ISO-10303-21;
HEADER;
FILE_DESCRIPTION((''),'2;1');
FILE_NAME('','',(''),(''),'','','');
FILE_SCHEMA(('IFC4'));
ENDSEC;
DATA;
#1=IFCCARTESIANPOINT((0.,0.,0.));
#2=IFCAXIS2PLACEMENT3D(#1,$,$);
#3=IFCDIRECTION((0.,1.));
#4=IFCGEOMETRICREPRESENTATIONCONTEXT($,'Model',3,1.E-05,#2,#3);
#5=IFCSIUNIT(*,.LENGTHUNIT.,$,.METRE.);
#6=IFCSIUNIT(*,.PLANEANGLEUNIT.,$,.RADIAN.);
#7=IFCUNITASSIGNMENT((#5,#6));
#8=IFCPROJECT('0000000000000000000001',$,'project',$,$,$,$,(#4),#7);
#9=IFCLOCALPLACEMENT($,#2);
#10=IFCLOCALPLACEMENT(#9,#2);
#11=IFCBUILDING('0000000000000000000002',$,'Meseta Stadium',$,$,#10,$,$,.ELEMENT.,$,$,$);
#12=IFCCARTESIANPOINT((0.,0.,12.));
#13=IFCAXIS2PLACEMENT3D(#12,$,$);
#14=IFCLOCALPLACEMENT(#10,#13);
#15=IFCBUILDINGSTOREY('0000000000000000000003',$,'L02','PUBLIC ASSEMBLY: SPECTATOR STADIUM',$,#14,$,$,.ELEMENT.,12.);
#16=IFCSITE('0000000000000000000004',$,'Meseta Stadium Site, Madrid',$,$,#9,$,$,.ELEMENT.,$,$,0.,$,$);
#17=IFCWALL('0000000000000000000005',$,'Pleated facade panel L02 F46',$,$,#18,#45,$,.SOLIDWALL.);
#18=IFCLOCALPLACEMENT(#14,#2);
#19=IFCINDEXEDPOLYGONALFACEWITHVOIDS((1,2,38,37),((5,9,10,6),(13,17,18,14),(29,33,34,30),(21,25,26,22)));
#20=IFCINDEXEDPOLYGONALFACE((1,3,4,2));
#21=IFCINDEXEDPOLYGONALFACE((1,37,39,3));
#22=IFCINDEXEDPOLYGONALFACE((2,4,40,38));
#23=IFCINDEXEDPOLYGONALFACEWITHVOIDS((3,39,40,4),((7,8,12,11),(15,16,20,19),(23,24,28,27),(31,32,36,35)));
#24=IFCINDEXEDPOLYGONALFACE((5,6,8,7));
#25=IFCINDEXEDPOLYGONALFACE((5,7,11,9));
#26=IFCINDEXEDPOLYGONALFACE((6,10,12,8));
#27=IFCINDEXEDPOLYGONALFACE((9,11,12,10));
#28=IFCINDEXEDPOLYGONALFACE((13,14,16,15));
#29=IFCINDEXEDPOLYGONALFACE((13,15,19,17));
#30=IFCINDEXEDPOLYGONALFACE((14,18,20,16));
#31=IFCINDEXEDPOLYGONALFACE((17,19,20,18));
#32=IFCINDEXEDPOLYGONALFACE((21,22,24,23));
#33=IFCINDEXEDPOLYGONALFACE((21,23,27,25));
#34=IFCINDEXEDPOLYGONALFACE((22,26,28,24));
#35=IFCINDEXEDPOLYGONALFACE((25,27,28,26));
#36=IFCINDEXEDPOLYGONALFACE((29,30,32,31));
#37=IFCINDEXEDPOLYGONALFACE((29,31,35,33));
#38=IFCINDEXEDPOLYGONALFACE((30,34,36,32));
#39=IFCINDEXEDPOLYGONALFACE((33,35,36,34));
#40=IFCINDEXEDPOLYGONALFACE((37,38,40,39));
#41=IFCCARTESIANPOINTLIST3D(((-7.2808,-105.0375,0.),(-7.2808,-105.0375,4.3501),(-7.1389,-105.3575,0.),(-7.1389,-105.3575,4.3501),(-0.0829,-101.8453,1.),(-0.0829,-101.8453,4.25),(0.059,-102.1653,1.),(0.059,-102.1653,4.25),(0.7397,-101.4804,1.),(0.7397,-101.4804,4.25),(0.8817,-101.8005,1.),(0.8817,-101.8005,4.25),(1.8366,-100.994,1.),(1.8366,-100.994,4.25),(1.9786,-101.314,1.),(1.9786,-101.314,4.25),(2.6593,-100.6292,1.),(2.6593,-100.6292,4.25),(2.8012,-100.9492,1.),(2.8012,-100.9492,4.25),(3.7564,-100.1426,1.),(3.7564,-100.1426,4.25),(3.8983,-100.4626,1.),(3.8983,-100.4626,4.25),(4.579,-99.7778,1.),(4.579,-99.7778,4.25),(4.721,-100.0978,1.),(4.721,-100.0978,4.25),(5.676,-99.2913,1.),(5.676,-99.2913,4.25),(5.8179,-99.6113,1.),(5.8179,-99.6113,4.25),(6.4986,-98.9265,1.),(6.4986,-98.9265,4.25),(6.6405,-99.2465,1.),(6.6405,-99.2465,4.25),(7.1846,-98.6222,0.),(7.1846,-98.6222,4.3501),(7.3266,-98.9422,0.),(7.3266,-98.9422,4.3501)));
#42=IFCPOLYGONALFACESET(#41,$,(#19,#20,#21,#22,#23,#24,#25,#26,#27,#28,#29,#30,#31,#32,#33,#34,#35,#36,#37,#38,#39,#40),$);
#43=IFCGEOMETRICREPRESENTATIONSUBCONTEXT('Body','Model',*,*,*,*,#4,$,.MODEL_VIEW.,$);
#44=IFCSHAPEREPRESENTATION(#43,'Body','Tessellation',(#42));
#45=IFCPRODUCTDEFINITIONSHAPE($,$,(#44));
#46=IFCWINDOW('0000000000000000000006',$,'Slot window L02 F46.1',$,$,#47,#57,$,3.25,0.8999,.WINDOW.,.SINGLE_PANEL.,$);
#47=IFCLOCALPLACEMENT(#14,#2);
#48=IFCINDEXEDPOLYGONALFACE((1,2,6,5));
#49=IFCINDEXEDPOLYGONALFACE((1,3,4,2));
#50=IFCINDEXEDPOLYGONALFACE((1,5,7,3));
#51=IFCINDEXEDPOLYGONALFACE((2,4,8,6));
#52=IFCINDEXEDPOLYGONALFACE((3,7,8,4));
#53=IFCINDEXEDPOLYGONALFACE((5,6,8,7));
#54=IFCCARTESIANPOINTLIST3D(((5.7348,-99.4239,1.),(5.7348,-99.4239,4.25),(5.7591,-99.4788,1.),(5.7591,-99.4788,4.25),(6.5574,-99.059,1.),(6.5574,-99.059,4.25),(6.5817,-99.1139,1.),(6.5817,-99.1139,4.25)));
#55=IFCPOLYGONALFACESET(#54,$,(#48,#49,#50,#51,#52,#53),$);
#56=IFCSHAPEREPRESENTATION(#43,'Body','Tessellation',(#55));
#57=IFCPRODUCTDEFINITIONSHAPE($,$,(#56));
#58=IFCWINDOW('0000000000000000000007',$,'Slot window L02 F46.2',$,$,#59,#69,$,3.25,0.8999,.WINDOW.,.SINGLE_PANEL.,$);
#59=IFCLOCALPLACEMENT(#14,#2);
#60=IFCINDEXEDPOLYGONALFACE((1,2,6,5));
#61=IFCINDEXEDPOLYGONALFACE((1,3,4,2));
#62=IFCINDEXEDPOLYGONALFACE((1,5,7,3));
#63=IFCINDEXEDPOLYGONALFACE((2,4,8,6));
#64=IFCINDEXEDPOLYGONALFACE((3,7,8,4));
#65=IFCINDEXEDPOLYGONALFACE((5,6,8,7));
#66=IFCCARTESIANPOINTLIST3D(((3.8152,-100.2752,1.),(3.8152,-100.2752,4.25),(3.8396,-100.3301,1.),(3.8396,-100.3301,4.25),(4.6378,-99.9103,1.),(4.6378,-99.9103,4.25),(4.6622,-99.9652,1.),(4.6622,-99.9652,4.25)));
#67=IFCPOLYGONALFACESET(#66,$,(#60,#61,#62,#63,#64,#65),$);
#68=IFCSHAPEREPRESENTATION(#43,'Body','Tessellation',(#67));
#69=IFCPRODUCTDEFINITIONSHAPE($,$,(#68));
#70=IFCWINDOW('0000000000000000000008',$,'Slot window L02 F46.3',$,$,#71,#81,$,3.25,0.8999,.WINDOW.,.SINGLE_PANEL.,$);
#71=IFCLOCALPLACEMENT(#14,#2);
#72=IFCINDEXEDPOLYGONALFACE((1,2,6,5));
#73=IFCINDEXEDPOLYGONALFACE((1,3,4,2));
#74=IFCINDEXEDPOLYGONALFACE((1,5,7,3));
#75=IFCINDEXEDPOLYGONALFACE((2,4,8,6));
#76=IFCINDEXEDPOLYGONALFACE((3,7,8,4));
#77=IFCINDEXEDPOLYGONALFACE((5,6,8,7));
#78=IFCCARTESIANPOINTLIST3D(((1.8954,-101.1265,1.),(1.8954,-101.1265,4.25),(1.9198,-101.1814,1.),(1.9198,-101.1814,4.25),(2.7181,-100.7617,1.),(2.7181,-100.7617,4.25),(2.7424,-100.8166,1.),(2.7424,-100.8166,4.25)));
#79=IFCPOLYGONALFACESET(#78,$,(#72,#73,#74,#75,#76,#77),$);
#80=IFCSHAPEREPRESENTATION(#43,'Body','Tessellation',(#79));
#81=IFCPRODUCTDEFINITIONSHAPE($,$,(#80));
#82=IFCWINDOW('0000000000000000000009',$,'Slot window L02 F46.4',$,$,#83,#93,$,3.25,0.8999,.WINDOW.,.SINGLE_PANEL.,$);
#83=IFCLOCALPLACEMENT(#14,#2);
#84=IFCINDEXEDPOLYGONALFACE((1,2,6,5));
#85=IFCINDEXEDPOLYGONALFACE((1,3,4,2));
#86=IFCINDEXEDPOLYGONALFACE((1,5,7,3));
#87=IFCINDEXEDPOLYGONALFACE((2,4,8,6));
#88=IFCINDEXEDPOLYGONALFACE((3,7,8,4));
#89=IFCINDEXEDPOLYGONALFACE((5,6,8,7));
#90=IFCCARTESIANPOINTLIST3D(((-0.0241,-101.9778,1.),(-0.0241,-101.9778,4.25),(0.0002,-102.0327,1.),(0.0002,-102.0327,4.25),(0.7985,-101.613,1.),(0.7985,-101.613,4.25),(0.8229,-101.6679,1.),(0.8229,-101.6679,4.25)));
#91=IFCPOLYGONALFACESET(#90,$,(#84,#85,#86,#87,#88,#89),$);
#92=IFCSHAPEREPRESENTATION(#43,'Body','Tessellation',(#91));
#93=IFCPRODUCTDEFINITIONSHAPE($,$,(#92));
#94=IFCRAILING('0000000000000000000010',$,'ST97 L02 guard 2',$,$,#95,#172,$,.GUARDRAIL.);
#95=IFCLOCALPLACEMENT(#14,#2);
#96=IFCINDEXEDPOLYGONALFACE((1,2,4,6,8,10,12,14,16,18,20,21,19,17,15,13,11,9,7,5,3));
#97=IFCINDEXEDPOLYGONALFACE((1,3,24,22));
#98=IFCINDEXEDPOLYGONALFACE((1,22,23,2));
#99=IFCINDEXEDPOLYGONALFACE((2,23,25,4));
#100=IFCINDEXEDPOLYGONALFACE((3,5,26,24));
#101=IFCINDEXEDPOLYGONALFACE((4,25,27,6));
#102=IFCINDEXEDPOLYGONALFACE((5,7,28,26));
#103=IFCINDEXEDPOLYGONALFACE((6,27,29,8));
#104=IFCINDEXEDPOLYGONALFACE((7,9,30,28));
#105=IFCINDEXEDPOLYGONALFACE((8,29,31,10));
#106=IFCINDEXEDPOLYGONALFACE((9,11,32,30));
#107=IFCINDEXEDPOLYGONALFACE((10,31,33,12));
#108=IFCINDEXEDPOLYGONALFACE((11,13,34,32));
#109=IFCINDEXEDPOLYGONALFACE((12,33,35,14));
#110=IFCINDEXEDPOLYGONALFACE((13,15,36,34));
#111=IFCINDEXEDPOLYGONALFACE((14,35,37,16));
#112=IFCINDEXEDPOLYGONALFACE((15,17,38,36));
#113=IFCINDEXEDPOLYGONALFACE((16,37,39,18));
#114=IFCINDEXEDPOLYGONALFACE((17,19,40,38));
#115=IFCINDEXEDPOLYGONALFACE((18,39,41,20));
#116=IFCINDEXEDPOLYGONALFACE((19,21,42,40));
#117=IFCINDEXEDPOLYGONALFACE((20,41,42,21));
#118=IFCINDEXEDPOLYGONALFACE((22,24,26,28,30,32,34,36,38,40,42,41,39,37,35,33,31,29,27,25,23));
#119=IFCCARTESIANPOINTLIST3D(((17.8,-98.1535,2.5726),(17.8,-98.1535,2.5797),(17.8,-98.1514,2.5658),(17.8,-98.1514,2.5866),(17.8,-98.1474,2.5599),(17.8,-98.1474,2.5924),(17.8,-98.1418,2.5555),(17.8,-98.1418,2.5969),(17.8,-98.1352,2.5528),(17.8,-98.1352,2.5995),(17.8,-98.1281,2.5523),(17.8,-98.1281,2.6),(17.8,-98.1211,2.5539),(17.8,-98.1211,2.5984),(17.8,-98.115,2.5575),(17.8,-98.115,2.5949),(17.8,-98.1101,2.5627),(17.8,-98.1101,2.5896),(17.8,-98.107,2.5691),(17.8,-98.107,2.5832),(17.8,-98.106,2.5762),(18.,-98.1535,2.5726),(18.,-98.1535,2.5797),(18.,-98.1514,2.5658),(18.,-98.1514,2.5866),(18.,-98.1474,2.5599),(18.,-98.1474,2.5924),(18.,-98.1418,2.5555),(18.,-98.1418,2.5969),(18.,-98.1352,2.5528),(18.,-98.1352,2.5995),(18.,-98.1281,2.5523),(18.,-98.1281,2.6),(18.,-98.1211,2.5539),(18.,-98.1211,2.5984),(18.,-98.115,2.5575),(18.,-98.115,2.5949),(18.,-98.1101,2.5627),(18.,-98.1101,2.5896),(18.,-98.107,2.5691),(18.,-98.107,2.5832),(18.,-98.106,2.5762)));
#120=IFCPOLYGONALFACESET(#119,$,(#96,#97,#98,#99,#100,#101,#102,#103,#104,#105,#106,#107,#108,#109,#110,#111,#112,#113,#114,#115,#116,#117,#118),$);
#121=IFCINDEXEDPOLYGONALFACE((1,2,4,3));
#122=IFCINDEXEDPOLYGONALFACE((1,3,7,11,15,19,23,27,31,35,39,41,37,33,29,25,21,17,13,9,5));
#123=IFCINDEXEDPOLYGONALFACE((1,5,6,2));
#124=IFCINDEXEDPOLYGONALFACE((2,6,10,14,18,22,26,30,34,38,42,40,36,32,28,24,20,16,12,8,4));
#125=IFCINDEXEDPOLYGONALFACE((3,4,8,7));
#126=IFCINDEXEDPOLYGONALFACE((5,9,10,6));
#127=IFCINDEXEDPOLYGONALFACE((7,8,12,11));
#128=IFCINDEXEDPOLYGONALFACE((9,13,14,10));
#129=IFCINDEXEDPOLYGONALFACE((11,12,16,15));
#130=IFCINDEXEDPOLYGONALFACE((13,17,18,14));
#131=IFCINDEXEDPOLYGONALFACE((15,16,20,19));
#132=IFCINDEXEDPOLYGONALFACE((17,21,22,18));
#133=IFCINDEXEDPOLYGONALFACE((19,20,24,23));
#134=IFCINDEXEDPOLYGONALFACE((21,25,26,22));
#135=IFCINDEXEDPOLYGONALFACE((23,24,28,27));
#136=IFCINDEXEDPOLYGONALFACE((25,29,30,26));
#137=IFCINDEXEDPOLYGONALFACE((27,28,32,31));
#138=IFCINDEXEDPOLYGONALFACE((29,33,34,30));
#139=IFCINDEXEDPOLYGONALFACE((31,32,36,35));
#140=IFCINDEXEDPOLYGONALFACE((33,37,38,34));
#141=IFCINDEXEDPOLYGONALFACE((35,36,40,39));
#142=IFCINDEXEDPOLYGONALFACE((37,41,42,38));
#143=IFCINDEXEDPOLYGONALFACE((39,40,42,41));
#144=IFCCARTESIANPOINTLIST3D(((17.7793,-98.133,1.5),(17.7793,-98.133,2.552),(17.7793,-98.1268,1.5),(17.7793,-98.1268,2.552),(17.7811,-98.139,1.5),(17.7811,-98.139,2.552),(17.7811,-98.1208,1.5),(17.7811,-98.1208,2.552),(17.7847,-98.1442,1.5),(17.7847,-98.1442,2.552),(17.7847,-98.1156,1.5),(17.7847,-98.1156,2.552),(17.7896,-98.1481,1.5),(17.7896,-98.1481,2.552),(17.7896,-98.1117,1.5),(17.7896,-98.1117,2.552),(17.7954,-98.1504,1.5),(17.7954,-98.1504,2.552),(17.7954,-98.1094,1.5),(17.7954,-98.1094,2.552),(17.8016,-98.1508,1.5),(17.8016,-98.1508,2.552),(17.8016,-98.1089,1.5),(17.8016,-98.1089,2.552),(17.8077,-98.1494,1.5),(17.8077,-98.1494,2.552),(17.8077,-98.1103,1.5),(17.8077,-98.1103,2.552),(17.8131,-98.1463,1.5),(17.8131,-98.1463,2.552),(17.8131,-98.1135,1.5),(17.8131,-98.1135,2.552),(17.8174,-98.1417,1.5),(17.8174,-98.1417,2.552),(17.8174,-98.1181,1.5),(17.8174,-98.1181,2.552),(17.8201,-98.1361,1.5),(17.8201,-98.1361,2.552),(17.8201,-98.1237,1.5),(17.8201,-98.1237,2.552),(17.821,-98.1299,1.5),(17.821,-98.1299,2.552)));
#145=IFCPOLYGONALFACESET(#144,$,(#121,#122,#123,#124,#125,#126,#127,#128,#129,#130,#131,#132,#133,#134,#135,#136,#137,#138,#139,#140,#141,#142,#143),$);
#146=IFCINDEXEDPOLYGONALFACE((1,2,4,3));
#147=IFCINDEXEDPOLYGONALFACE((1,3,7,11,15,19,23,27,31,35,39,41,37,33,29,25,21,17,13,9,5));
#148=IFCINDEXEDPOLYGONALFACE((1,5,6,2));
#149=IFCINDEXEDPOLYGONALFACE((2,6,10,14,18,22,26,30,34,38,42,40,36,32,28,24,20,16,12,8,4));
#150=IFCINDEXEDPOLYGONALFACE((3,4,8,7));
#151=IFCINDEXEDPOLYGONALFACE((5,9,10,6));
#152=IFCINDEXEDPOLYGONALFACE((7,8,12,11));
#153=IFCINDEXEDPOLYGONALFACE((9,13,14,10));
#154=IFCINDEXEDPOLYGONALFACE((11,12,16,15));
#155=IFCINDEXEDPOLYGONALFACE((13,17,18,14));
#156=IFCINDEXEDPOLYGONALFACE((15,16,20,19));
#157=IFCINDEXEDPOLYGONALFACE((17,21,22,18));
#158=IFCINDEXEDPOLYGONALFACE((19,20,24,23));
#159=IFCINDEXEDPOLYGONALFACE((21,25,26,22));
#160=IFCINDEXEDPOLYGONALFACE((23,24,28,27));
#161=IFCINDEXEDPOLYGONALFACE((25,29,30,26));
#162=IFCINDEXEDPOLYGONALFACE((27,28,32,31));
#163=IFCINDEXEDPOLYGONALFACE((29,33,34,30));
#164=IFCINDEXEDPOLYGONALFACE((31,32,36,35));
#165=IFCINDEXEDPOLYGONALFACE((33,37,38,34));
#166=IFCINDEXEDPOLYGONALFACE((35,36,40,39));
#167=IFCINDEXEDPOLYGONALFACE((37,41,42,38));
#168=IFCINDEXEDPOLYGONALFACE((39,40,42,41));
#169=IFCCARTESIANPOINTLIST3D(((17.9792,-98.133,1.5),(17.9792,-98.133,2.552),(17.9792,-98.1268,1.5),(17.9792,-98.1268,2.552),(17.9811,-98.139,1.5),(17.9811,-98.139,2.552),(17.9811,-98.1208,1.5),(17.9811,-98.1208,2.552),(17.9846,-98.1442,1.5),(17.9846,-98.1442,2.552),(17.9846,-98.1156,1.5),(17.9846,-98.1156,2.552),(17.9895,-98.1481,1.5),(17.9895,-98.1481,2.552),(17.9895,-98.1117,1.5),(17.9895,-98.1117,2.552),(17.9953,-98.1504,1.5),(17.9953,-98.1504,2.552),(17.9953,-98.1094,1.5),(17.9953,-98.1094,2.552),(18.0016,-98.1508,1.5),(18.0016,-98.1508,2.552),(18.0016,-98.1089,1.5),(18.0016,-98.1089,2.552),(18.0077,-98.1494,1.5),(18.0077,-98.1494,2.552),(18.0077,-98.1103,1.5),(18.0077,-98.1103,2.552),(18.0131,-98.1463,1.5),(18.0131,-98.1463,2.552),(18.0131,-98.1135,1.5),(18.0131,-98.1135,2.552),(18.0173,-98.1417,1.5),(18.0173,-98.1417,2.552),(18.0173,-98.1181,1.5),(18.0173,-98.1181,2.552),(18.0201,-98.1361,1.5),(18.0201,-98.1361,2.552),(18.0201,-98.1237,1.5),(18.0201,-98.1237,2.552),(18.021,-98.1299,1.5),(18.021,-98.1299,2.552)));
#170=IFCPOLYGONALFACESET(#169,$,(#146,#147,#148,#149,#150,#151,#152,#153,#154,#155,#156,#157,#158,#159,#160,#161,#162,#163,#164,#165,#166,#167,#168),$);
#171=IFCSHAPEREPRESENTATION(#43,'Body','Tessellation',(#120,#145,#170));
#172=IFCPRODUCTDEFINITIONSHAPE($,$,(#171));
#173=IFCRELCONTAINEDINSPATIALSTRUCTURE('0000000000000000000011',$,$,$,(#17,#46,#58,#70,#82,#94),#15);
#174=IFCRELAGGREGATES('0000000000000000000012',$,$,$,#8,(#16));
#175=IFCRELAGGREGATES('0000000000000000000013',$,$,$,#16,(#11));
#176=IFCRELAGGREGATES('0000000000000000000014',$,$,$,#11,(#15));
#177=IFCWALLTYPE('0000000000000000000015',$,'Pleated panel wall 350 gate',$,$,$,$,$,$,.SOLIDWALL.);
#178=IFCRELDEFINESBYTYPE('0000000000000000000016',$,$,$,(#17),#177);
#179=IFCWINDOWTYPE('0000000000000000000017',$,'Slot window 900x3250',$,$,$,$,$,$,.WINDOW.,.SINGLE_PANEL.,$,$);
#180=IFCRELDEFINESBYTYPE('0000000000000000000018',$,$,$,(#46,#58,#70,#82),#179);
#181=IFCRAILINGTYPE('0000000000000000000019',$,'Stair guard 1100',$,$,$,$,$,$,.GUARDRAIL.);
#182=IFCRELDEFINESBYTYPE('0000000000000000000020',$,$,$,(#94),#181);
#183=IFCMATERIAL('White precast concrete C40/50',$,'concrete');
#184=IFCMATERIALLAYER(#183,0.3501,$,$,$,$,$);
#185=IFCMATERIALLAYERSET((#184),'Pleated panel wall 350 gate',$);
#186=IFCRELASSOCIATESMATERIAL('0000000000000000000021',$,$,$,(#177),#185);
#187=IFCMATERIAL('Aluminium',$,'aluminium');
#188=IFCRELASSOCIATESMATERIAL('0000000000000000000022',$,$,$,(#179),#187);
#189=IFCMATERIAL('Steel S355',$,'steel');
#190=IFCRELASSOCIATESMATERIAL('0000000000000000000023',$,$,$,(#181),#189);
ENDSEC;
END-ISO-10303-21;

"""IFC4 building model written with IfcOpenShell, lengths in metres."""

from ifc_helpers import new_model, si_unit, direction, frame, frame_2d, origin, origin_2d, place, context, subcontext, project, spatial, rectangle, circle, extrude, material, layer, layer_set, type_object, element, fill, save


model = new_model("IFC4")

# Units and contexts
model_context = context("Model", 3, precision=1e-05, world=origin(), true_north=direction((0.0, 1.0)))
body_context = subcontext(model_context, "Body", "Model", "MODEL_VIEW")
ifc_project = project(units=[si_unit("LENGTHUNIT", "METRE"), si_unit("PLANEANGLEUNIT", "RADIAN")], contexts=[model_context])

# Site, building, storey
site_placement = place(None, origin())
site = spatial("IfcSite", under=ifc_project, at=site_placement, Name="Meseta Stadium Site, Madrid", CompositionType="ELEMENT", RefElevation=0.0)
building_placement = place(site_placement, origin())
building = spatial("IfcBuilding", under=site, at=building_placement, Name="Meseta Stadium", CompositionType="ELEMENT")
storey_placement = place(building_placement, frame((0.0, 0.0, 12.0)))
storey = spatial("IfcBuildingStorey", under=building, at=storey_placement, Name="L02", Description="PUBLIC ASSEMBLY: SPECTATOR STADIUM", CompositionType="ELEMENT", Elevation=12.0)

# Wall, openings, windows
ifc_material_1 = material(Name="White precast concrete C40/50", Category="concrete")
ifc_layer_1 = layer(ifc_material_1, 0.3501)
ifc_layer_set_1 = layer_set([ifc_layer_1], Name="Pleated panel wall 350 gate")
wall_type_1 = type_object("IfcWallType", Name="Pleated panel wall 350 gate", PredefinedType="SOLIDWALL", material=ifc_layer_set_1)
wall_1_placement = place(storey_placement, frame((7.2556, -98.7822, 0.0), z_axis=(0.0, 0.0, 1.0), x_axis=(-0.914136, -0.405407, 0.0)))
wall_1 = element("IfcWall", 1, at=wall_1_placement, inside=storey, type_object=wall_type_1, Name="Pleated facade panel L02 F46", PredefinedType="SOLIDWALL", context=body_context, shape_type="SweptSolid", body=[
    extrude(rectangle(XDim=15.8242, YDim=0.3501, at=frame_2d((7.9121, 0.0))), origin(), (0.0, 0.0, 1.0), 4.3501),
])
opening_1_placement = place(wall_1_placement, frame((0.7505, 0.0, 1.0)))
opening_1 = element("IfcOpeningElement", 2, at=opening_1_placement, cuts=wall_1, PredefinedType="OPENING", context=body_context, shape_type="SweptSolid", body=[
    extrude(rectangle(XDim=0.8999, YDim=3.25, at=frame_2d((0.45, 1.625))), frame((0.0, 0.1851, 0.0), z_axis=(0.0, -1.0, 0.0), x_axis=(1.0, 0.0, 0.0)), (0.0, 0.0, 1.0), 0.3701),
])
opening_2_placement = place(wall_1_placement, frame((2.8503, 0.0, 1.0)))
opening_2 = element("IfcOpeningElement", 3, at=opening_2_placement, cuts=wall_1, PredefinedType="OPENING", context=body_context, shape_type="SweptSolid", body=[
    extrude(rectangle(XDim=0.8999, YDim=3.25, at=frame_2d((0.45, 1.625))), frame((0.0, 0.1851, 0.0), z_axis=(0.0, -1.0, 0.0), x_axis=(1.0, 0.0, 0.0)), (0.0, 0.0, 1.0), 0.3701),
])
opening_3_placement = place(wall_1_placement, frame((4.9504, 0.0, 1.0)))
opening_3 = element("IfcOpeningElement", 4, at=opening_3_placement, cuts=wall_1, PredefinedType="OPENING", context=body_context, shape_type="SweptSolid", body=[
    extrude(rectangle(XDim=0.8999, YDim=3.25, at=frame_2d((0.45, 1.625))), frame((0.0, 0.1851, 0.0), z_axis=(0.0, -1.0, 0.0), x_axis=(1.0, 0.0, 0.0)), (0.0, 0.0, 1.0), 0.3701),
])
opening_4_placement = place(wall_1_placement, frame((7.0503, 0.0, 1.0)))
opening_4 = element("IfcOpeningElement", 5, at=opening_4_placement, cuts=wall_1, PredefinedType="OPENING", context=body_context, shape_type="SweptSolid", body=[
    extrude(rectangle(XDim=0.8999, YDim=3.25, at=frame_2d((0.45, 1.625))), frame((0.0, 0.1851, 0.0), z_axis=(0.0, -1.0, 0.0), x_axis=(1.0, 0.0, 0.0)), (0.0, 0.0, 1.0), 0.3701),
])
ifc_material_2 = material(Name="Aluminium", Category="aluminium")
window_type = type_object("IfcWindowType", Name="Slot window 900x3250", PartitioningType="SINGLE_PANEL", PredefinedType="WINDOW", material=ifc_material_2)
window_1_placement = place(opening_1_placement, origin())
window_1 = element("IfcWindow", 6, at=window_1_placement, inside=storey, type_object=window_type, Name="Slot window L02 F46.1", OverallHeight=3.25, OverallWidth=0.8999, PartitioningType="SINGLE_PANEL", PredefinedType="WINDOW", context=body_context, shape_type="SweptSolid", body=[
    extrude(rectangle(XDim=0.8999, YDim=3.25, at=frame_2d((0.45, 1.625))), frame((0.0, 0.03, 0.0), z_axis=(0.0, -1.0, 0.0), x_axis=(1.0, 0.0, 0.0)), (0.0, 0.0, 1.0), 0.0601),
])
fill(opening_1, window_1)
window_2_placement = place(opening_2_placement, origin())
window_2 = element("IfcWindow", 7, at=window_2_placement, inside=storey, type_object=window_type, Name="Slot window L02 F46.2", OverallHeight=3.25, OverallWidth=0.8999, PartitioningType="SINGLE_PANEL", PredefinedType="WINDOW", context=body_context, shape_type="SweptSolid", body=[
    extrude(rectangle(XDim=0.8999, YDim=3.25, at=frame_2d((0.45, 1.625))), frame((0.0, 0.03, 0.0), z_axis=(0.0, -1.0, 0.0), x_axis=(1.0, 0.0, 0.0)), (0.0, 0.0, 1.0), 0.0601),
])
fill(opening_2, window_2)
window_3_placement = place(opening_3_placement, origin())
window_3 = element("IfcWindow", 8, at=window_3_placement, inside=storey, type_object=window_type, Name="Slot window L02 F46.3", OverallHeight=3.25, OverallWidth=0.8999, PartitioningType="SINGLE_PANEL", PredefinedType="WINDOW", context=body_context, shape_type="SweptSolid", body=[
    extrude(rectangle(XDim=0.8999, YDim=3.25, at=frame_2d((0.45, 1.625))), frame((0.0, 0.03, 0.0), z_axis=(0.0, -1.0, 0.0), x_axis=(1.0, 0.0, 0.0)), (0.0, 0.0, 1.0), 0.0601),
])
fill(opening_3, window_3)
window_4_placement = place(opening_4_placement, origin())
window_4 = element("IfcWindow", 9, at=window_4_placement, inside=storey, type_object=window_type, Name="Slot window L02 F46.4", OverallHeight=3.25, OverallWidth=0.8999, PartitioningType="SINGLE_PANEL", PredefinedType="WINDOW", context=body_context, shape_type="SweptSolid", body=[
    extrude(rectangle(XDim=0.8999, YDim=3.25, at=frame_2d((0.45, 1.625))), frame((0.0, 0.03, 0.0), z_axis=(0.0, -1.0, 0.0), x_axis=(1.0, 0.0, 0.0)), (0.0, 0.0, 1.0), 0.0601),
])
fill(opening_4, window_4)

# Railing
ifc_material_3 = material(Name="Steel S355", Category="steel")
railing_type = type_object("IfcRailingType", Name="Stair guard 1100", PredefinedType="GUARDRAIL", material=ifc_material_3)
for number, where, name in (
    (10, (17.8, -98.1299, 1.5), "ST97 L02 guard 2"),
):
    element("IfcRailing", number, at=place(storey_placement, frame(where)), inside=storey, type_object=railing_type, Name=name, PredefinedType="GUARDRAIL", context=body_context, shape_type="SweptSolid", body=[
        extrude(circle(Radius=0.0239, at=origin_2d()), frame((0.0, 0.0, 1.0762), z_axis=(1.0, 0.0, 0.0), x_axis=(0.0, 1.0, 0.0)), (0.0, 0.0, 1.0), 0.2),
        extrude(circle(Radius=0.021, at=origin_2d()), origin(), (0.0, 0.0, 1.0), 1.052),
        extrude(circle(Radius=0.021, at=origin_2d()), frame((0.2, 0.0, 0.0)), (0.0, 0.0, 1.0), 1.052),
    ])

save(model, "model.ifc")
